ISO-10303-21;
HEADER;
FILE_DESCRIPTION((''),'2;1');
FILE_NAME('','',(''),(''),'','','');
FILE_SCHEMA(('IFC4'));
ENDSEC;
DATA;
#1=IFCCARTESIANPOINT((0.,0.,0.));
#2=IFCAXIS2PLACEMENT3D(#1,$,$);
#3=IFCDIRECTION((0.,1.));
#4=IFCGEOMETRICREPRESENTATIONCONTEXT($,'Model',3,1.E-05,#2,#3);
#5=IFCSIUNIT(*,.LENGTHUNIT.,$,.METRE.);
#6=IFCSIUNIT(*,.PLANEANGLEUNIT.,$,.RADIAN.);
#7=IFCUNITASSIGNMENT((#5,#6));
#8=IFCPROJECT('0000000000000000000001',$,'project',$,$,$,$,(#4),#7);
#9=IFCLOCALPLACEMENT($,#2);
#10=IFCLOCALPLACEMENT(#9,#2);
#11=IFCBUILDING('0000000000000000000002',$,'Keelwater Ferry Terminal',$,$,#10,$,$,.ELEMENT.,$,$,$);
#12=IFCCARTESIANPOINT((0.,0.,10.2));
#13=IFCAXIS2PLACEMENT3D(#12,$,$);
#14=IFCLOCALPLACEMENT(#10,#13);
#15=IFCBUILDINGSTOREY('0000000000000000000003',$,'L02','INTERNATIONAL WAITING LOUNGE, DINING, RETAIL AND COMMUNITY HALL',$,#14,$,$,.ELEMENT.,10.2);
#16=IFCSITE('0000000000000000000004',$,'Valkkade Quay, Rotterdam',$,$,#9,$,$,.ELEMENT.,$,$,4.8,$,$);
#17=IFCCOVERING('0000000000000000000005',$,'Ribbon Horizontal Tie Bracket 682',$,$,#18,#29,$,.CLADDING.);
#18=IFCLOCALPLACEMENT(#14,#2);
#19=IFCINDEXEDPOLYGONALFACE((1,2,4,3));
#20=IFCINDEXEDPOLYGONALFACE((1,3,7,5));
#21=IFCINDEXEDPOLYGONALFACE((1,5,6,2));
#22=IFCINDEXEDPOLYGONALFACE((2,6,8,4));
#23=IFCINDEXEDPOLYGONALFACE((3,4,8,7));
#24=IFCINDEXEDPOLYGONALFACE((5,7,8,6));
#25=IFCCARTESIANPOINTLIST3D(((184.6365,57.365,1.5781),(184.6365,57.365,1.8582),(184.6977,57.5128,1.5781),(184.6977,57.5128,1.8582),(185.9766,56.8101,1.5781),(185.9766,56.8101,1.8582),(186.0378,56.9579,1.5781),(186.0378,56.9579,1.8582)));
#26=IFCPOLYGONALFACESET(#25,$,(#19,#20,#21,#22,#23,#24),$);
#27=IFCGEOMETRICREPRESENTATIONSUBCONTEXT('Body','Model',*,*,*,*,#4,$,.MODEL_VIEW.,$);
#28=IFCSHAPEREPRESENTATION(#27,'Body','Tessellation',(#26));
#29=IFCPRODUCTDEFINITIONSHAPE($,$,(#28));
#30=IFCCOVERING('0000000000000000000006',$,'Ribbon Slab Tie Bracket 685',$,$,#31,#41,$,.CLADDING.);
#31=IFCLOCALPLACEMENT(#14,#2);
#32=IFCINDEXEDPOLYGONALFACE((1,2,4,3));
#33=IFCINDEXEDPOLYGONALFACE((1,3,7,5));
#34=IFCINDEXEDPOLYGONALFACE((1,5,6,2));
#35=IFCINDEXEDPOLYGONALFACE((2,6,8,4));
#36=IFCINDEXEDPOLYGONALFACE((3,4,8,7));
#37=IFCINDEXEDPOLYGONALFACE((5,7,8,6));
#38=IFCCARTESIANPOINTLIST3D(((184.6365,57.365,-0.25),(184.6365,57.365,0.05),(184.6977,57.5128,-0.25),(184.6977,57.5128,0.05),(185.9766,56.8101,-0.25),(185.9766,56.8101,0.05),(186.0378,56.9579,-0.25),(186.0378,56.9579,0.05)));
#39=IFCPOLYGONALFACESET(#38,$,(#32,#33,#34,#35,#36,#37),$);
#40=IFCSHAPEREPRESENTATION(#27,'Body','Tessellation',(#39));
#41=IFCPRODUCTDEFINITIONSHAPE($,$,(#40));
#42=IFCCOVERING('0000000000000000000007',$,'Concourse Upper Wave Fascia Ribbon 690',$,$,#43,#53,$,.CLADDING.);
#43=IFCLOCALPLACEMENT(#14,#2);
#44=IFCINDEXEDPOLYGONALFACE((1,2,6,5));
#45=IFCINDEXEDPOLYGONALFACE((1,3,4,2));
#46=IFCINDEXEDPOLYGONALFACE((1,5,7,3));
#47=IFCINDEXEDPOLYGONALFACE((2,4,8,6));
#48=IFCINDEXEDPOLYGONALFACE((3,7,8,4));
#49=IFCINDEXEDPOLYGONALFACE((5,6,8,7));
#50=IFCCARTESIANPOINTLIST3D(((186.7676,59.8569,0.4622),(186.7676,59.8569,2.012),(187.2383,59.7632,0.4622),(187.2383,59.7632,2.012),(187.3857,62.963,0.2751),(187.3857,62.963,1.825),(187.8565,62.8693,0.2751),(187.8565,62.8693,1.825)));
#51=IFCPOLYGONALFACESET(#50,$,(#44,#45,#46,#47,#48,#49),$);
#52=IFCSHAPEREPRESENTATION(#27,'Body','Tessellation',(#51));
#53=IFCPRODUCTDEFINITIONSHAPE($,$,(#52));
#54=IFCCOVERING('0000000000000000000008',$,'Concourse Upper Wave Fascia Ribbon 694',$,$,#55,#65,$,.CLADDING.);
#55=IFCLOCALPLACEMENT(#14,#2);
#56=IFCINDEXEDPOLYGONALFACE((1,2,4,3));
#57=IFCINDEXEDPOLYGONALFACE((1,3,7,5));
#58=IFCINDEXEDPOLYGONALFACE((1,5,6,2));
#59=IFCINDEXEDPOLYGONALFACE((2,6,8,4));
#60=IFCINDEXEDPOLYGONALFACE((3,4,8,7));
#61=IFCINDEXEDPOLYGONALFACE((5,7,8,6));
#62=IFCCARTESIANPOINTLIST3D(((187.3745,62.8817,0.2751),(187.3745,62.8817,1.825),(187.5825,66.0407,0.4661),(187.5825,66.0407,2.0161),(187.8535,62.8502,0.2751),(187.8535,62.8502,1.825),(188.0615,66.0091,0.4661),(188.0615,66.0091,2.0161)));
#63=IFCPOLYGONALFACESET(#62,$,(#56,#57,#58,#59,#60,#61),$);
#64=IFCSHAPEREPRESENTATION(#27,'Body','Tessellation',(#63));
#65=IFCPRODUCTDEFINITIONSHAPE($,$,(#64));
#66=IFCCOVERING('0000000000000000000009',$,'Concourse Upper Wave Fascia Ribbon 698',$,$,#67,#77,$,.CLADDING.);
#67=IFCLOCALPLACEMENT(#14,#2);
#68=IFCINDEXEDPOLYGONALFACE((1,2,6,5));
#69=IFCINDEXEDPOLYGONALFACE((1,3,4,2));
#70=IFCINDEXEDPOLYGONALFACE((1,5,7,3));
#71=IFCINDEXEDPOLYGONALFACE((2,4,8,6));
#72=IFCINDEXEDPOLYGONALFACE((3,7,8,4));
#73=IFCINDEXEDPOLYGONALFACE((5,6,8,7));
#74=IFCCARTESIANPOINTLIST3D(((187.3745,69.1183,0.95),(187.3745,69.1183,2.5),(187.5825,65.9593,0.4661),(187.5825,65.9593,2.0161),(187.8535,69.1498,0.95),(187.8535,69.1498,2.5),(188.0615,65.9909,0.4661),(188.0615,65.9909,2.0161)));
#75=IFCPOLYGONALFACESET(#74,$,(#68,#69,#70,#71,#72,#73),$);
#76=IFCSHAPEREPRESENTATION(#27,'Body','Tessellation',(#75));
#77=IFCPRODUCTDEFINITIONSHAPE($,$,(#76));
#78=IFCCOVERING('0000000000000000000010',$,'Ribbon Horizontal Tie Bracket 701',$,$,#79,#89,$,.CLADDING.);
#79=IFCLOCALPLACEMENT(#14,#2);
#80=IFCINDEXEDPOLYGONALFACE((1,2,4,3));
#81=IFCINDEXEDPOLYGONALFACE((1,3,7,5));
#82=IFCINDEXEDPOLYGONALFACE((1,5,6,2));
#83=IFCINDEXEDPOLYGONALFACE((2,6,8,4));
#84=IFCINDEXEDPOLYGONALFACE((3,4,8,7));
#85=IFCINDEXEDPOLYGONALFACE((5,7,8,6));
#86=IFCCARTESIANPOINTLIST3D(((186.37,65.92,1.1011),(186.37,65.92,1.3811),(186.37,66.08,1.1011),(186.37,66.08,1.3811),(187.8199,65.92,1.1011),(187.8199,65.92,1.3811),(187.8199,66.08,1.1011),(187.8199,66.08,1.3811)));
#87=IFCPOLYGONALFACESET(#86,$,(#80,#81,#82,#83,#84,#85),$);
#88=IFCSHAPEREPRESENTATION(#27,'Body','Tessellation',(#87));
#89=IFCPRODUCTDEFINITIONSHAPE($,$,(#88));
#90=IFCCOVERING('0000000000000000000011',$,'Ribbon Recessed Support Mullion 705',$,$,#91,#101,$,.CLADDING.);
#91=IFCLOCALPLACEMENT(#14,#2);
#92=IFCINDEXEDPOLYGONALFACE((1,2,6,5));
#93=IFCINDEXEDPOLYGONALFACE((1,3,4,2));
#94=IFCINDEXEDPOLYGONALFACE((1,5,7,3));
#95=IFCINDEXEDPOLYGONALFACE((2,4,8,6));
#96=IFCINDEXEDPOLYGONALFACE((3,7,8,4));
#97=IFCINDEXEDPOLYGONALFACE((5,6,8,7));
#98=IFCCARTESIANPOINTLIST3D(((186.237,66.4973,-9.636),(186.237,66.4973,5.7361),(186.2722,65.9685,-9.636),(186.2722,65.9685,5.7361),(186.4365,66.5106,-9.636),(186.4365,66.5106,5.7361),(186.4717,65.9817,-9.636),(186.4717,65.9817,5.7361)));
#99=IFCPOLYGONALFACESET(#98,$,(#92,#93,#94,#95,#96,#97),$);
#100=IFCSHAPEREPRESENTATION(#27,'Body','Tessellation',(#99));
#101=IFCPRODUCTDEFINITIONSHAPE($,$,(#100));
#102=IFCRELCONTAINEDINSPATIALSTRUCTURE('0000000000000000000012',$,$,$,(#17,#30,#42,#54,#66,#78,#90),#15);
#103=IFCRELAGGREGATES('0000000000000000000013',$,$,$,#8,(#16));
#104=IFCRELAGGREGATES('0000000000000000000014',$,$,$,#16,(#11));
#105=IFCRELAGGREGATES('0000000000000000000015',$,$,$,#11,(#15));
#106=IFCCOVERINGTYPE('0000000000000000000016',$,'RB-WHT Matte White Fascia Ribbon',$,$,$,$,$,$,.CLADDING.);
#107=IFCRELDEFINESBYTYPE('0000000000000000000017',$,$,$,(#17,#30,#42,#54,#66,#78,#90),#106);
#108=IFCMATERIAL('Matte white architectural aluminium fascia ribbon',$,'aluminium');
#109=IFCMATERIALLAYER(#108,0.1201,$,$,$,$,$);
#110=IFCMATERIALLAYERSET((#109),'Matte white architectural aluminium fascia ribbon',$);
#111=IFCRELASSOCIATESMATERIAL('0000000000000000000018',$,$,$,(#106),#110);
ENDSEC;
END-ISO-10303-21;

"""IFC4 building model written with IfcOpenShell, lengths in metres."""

from ifc_helpers import new_model, si_unit, direction, frame, frame_2d, origin, place, context, subcontext, project, spatial, polyline, rectangle, outline, extrude, material, layer, layer_set, type_object, element, save


model = new_model("IFC4")

# Units and contexts
model_context = context("Model", 3, precision=1e-05, world=origin(), true_north=direction((0.0, 1.0)))
body_context = subcontext(model_context, "Body", "Model", "MODEL_VIEW")
ifc_project = project(units=[si_unit("LENGTHUNIT", "METRE"), si_unit("PLANEANGLEUNIT", "RADIAN")], contexts=[model_context])

# Site, building, storey
site_placement = place(None, origin())
site = spatial("IfcSite", under=ifc_project, at=site_placement, Name="Valkkade Quay, Rotterdam", CompositionType="ELEMENT", RefElevation=4.8)
building_placement = place(site_placement, origin())
building = spatial("IfcBuilding", under=site, at=building_placement, Name="Keelwater Ferry Terminal", CompositionType="ELEMENT")
storey_placement = place(building_placement, frame((0.0, 0.0, 10.2)))
storey = spatial("IfcBuildingStorey", under=building, at=storey_placement, Name="L02", Description="INTERNATIONAL WAITING LOUNGE, DINING, RETAIL AND COMMUNITY HALL", CompositionType="ELEMENT", Elevation=10.2)

# Coverings
ifc_material_1 = material(Name="Matte white architectural aluminium fascia ribbon", Category="aluminium")
ifc_layer_1 = layer(ifc_material_1, 0.1201)
ifc_layer_set_1 = layer_set([ifc_layer_1], Name="Matte white architectural aluminium fascia ribbon")
covering_type = type_object("IfcCoveringType", Name="RB-WHT Matte White Fascia Ribbon", PredefinedType="CLADDING", material=ifc_layer_set_1)
covering_1_placement = place(storey_placement, frame((186.0071, 56.884, 1.5781), z_axis=(0.0, 0.0, 1.0), x_axis=(-0.923916, 0.382595, 0.0)))
element("IfcCovering", 1, at=covering_1_placement, inside=storey, type_object=covering_type, Name="Ribbon Horizontal Tie Bracket 682", PredefinedType="CLADDING", context=body_context, shape_type="SweptSolid", body=[
    extrude(rectangle(XDim=1.4504, YDim=0.1599, at=frame_2d((0.7251, 0.0))), origin(), (0.0, 0.0, 1.0), 0.28),
])
covering_2_placement = place(storey_placement, frame((186.0071, 56.884, -0.25), z_axis=(0.0, 0.0, 1.0), x_axis=(-0.923916, 0.382595, 0.0)))
element("IfcCovering", 2, at=covering_2_placement, inside=storey, type_object=covering_type, Name="Ribbon Slab Tie Bracket 685", PredefinedType="CLADDING", context=body_context, shape_type="SweptSolid", body=[
    extrude(rectangle(XDim=1.4504, YDim=0.1599, at=frame_2d((0.7251, 0.0))), origin(), (0.0, 0.0, 1.0), 0.3),
])
covering_3_placement = place(storey_placement, frame((187.0029, 59.8101, 0.2751), z_axis=(0.0, 0.0, 1.0), x_axis=(0.195197, 0.980764, 0.0)))
element("IfcCovering", 3, at=covering_3_placement, inside=storey, type_object=covering_type, Name="Concourse Upper Wave Fascia Ribbon 690", PredefinedType="CLADDING", context=body_context, shape_type="SweptSolid", body=[
    extrude(outline(polyline([(0.0, 0.187), (3.167, 0.0), (3.167, 1.5498), (0.0, 1.7368), (0.0, 0.187)])), frame((0.0, 0.24, 0.0), z_axis=(0.0, -1.0, 0.0), x_axis=(1.0, 0.0, 0.0)), (0.0, 0.0, 1.0), 0.48),
])
covering_4_placement = place(storey_placement, frame((187.614, 62.866, 0.2751), z_axis=(0.0, 0.0, 1.0), x_axis=(0.065705, 0.997839, 0.0)))
element("IfcCovering", 4, at=covering_4_placement, inside=storey, type_object=covering_type, Name="Concourse Upper Wave Fascia Ribbon 694", PredefinedType="CLADDING", context=body_context, shape_type="SweptSolid", body=[
    extrude(outline(polyline([(0.0, 0.0), (3.1658, 0.1909), (3.1658, 1.741), (0.0, 1.5498), (0.0, 0.0)])), frame((0.0, 0.24, 0.0), z_axis=(0.0, -1.0, 0.0), x_axis=(1.0, 0.0, 0.0)), (0.0, 0.0, 1.0), 0.48),
])
covering_5_placement = place(storey_placement, frame((187.822, 65.9751, 0.4661), z_axis=(0.0, 0.0, 1.0), x_axis=(-0.065705, 0.997839, 0.0)))
element("IfcCovering", 5, at=covering_5_placement, inside=storey, type_object=covering_type, Name="Concourse Upper Wave Fascia Ribbon 698", PredefinedType="CLADDING", context=body_context, shape_type="SweptSolid", body=[
    extrude(outline(polyline([(0.0, 0.0), (3.1658, 0.4839), (3.1658, 2.0339), (0.0, 1.55), (0.0, 0.0)])), frame((0.0, 0.24, 0.0), z_axis=(0.0, -1.0, 0.0), x_axis=(1.0, 0.0, 0.0)), (0.0, 0.0, 1.0), 0.48),
])
covering_6_placement = place(storey_placement, frame((187.8201, 66.0, 1.1011), z_axis=(0.0, 0.0, 1.0), x_axis=(-1.0, 0.0, 0.0)))
element("IfcCovering", 6, at=covering_6_placement, inside=storey, type_object=covering_type, Name="Ribbon Horizontal Tie Bracket 701", PredefinedType="CLADDING", context=body_context, shape_type="SweptSolid", body=[
    extrude(rectangle(XDim=1.45, YDim=0.1599, at=frame_2d((0.7251, 0.0))), origin(), (0.0, 0.0, 1.0), 0.28),
])
covering_7_placement = place(storey_placement, frame((186.3721, 65.9751, -9.636), z_axis=(0.0, 0.0, 1.0), x_axis=(-0.066336, 0.997797, 0.0)))
element("IfcCovering", 7, at=covering_7_placement, inside=storey, type_object=covering_type, Name="Ribbon Recessed Support Mullion 705", PredefinedType="CLADDING", context=body_context, shape_type="SweptSolid", body=[
    extrude(outline(polyline([(0.0, 0.0), (0.53, 0.0), (0.53, 15.3721), (0.0, 15.3721), (0.0, 0.0)])), frame((0.0, 0.1001, 0.0), z_axis=(0.0, -1.0, 0.0), x_axis=(1.0, 0.0, 0.0)), (0.0, 0.0, 1.0), 0.2),
])

save(model, "model.ifc")
